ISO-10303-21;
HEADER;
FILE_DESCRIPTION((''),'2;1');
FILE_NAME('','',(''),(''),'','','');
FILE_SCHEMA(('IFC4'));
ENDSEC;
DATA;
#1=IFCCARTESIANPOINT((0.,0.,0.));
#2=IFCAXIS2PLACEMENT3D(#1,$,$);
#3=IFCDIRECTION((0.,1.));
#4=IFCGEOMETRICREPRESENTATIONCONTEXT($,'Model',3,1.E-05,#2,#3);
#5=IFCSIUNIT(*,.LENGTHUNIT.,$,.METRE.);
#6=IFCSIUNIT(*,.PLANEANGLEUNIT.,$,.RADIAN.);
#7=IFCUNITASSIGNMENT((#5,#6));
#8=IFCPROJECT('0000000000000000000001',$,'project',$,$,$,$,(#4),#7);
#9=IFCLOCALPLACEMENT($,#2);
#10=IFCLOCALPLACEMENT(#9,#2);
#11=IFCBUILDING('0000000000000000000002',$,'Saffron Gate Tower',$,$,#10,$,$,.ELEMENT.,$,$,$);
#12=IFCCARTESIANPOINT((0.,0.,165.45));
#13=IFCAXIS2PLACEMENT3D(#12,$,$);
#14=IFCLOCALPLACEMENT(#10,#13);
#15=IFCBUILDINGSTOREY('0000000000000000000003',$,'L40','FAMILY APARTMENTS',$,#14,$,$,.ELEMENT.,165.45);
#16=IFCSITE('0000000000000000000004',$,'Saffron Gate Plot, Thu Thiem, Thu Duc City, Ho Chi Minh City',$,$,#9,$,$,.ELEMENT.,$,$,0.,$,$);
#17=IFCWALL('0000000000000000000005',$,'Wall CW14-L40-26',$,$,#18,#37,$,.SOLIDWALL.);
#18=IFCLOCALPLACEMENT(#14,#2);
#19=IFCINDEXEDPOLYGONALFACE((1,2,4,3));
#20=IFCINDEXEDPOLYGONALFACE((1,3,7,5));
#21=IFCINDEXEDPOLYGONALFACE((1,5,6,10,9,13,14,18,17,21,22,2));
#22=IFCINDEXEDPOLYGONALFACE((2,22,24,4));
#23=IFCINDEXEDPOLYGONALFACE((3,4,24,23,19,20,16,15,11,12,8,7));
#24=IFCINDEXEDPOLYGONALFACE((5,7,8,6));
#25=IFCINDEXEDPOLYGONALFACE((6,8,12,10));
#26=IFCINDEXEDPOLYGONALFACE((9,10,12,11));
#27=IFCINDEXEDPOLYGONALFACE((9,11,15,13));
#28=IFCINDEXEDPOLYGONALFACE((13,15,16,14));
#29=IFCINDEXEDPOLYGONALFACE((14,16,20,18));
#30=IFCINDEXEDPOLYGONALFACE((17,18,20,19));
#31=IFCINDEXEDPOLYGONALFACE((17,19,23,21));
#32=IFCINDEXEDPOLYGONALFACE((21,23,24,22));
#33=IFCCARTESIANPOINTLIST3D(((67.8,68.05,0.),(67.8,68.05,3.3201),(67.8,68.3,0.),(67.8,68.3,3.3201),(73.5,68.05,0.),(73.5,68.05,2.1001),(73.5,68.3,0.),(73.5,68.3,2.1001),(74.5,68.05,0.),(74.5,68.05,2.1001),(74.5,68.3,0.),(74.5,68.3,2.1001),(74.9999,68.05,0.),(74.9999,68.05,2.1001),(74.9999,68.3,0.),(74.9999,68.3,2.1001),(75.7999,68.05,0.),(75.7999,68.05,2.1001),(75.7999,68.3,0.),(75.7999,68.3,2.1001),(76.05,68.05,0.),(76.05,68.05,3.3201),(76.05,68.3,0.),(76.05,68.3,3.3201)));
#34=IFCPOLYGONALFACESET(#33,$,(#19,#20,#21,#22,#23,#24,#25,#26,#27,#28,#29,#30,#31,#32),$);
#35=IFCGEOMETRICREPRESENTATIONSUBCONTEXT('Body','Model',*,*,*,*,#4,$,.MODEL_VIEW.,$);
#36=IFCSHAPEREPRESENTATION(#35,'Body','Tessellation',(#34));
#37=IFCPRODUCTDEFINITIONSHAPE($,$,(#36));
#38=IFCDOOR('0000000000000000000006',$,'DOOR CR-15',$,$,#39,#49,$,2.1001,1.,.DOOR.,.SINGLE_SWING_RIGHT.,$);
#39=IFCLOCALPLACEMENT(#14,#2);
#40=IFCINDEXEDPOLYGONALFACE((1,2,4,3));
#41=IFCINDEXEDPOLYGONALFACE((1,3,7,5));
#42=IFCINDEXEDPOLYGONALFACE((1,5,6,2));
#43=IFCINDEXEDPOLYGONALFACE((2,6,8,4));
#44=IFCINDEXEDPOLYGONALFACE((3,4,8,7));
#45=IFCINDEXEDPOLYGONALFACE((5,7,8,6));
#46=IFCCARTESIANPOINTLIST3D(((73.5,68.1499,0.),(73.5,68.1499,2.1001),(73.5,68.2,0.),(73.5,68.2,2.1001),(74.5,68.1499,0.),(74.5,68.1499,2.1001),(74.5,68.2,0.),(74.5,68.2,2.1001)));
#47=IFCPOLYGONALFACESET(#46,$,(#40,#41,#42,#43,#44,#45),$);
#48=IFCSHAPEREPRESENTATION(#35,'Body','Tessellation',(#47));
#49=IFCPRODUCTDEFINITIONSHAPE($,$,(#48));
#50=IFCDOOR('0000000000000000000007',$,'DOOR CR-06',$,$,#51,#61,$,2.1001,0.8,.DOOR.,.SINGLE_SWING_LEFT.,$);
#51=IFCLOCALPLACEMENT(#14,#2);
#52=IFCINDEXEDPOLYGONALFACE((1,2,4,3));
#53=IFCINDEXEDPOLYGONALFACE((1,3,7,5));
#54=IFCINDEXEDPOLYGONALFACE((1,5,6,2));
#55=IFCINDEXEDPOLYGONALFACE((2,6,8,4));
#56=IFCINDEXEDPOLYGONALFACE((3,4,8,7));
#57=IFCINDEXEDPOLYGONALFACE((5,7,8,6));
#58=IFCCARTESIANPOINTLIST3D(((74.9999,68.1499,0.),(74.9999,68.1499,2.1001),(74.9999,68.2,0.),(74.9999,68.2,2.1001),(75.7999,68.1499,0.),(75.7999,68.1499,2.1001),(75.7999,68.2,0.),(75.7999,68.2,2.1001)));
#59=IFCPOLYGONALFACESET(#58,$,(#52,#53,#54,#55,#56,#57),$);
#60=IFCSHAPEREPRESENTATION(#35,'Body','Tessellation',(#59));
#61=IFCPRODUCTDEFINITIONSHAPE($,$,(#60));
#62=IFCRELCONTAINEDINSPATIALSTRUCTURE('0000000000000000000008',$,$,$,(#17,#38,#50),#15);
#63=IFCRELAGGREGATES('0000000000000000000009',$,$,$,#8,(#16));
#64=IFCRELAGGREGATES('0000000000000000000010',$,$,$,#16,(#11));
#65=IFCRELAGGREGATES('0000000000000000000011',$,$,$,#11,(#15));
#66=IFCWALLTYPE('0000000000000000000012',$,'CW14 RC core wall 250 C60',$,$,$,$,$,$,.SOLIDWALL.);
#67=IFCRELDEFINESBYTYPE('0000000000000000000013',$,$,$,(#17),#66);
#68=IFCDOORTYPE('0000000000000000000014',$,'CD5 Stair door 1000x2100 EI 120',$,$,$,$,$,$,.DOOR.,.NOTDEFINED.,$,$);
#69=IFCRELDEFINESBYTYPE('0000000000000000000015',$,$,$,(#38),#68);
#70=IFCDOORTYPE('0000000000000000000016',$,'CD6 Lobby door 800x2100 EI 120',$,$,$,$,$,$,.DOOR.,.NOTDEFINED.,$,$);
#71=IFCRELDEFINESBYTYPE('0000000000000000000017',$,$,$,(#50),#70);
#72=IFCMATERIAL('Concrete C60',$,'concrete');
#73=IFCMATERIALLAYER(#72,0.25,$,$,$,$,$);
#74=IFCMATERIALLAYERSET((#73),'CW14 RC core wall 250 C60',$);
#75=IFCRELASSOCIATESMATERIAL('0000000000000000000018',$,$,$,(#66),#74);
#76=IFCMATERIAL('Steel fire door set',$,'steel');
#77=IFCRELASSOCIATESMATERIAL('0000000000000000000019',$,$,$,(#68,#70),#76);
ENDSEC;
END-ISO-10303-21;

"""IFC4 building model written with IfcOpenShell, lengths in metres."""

from ifc_helpers import new_model, si_unit, direction, frame, frame_2d, origin, place, context, subcontext, project, spatial, rectangle, extrude, material, layer, layer_set, type_object, element, fill, save


model = new_model("IFC4")

# Units and contexts
model_context = context("Model", 3, precision=1e-05, world=origin(), true_north=direction((0.0, 1.0)))
body_context = subcontext(model_context, "Body", "Model", "MODEL_VIEW")
ifc_project = project(units=[si_unit("LENGTHUNIT", "METRE"), si_unit("PLANEANGLEUNIT", "RADIAN")], contexts=[model_context])

# Site, building, storey
site_placement = place(None, origin())
site = spatial("IfcSite", under=ifc_project, at=site_placement, Name="Saffron Gate Plot, Thu Thiem, Thu Duc City, Ho Chi Minh City", CompositionType="ELEMENT", RefElevation=0.0)
building_placement = place(site_placement, origin())
building = spatial("IfcBuilding", under=site, at=building_placement, Name="Saffron Gate Tower", CompositionType="ELEMENT")
storey_placement = place(building_placement, frame((0.0, 0.0, 165.45)))
storey = spatial("IfcBuildingStorey", under=building, at=storey_placement, Name="L40", Description="FAMILY APARTMENTS", CompositionType="ELEMENT", Elevation=165.45)

# Wall, openings, doors
ifc_material_1 = material(Name="Concrete C60", Category="concrete")
ifc_layer_1 = layer(ifc_material_1, 0.25)
ifc_layer_set_1 = layer_set([ifc_layer_1], Name="CW14 RC core wall 250 C60")
wall_type_1 = type_object("IfcWallType", Name="CW14 RC core wall 250 C60", PredefinedType="SOLIDWALL", material=ifc_layer_set_1)
wall_1_placement = place(storey_placement, frame((67.8, 68.175, 0.0), z_axis=(0.0, 0.0, 1.0), x_axis=(1.0, 0.0, 0.0)))
wall_1 = element("IfcWall", 1, at=wall_1_placement, inside=storey, type_object=wall_type_1, Name="Wall CW14-L40-26", PredefinedType="SOLIDWALL", context=body_context, shape_type="SweptSolid", body=[
    extrude(rectangle(XDim=8.25, YDim=0.25, at=frame_2d((4.125, 0.0))), origin(), (0.0, 0.0, 1.0), 3.3201),
])
opening_1_placement = place(wall_1_placement, frame((5.7, 0.0, 0.0)))
opening_1 = element("IfcOpeningElement", 2, at=opening_1_placement, cuts=wall_1, PredefinedType="OPENING", context=body_context, shape_type="SweptSolid", body=[
    extrude(rectangle(XDim=1.0, YDim=2.1001, at=frame_2d((0.5, 1.05))), frame((0.0, 0.135, 0.0), z_axis=(0.0, -1.0, 0.0), x_axis=(1.0, 0.0, 0.0)), (0.0, 0.0, 1.0), 0.27),
])
opening_2_placement = place(wall_1_placement, frame((7.2, 0.0, 0.0)))
opening_2 = element("IfcOpeningElement", 3, at=opening_2_placement, cuts=wall_1, PredefinedType="OPENING", context=body_context, shape_type="SweptSolid", body=[
    extrude(rectangle(XDim=0.8, YDim=2.1001, at=frame_2d((0.3999, 1.05))), frame((0.0, 0.135, 0.0), z_axis=(0.0, -1.0, 0.0), x_axis=(1.0, 0.0, 0.0)), (0.0, 0.0, 1.0), 0.27),
])
ifc_material_2 = material(Name="Steel fire door set", Category="steel")
door_type_1 = type_object("IfcDoorType", Name="CD5 Stair door 1000x2100 EI 120", OperationType="NOTDEFINED", PredefinedType="DOOR", material=ifc_material_2)
door_1_placement = place(opening_1_placement, origin())
door_1 = element("IfcDoor", 4, at=door_1_placement, inside=storey, type_object=door_type_1, Name="DOOR CR-15", OperationType="SINGLE_SWING_RIGHT", OverallHeight=2.1001, OverallWidth=1.0, PredefinedType="DOOR", context=body_context, shape_type="SweptSolid", body=[
    extrude(rectangle(XDim=1.0, YDim=2.1001, at=frame_2d((0.5, 1.05))), frame((0.0, 0.0249, 0.0), z_axis=(0.0, -1.0, 0.0), x_axis=(1.0, 0.0, 0.0)), (0.0, 0.0, 1.0), 0.05),
])
fill(opening_1, door_1)
door_type_2 = type_object("IfcDoorType", Name="CD6 Lobby door 800x2100 EI 120", OperationType="NOTDEFINED", PredefinedType="DOOR", material=ifc_material_2)
door_2_placement = place(opening_2_placement, origin())
door_2 = element("IfcDoor", 5, at=door_2_placement, inside=storey, type_object=door_type_2, Name="DOOR CR-06", OperationType="SINGLE_SWING_LEFT", OverallHeight=2.1001, OverallWidth=0.8, PredefinedType="DOOR", context=body_context, shape_type="SweptSolid", body=[
    extrude(rectangle(XDim=0.8, YDim=2.1001, at=frame_2d((0.3999, 1.05))), frame((0.0, 0.0249, 0.0), z_axis=(0.0, -1.0, 0.0), x_axis=(1.0, 0.0, 0.0)), (0.0, 0.0, 1.0), 0.05),
])
fill(opening_2, door_2)

save(model, "model.ifc")
